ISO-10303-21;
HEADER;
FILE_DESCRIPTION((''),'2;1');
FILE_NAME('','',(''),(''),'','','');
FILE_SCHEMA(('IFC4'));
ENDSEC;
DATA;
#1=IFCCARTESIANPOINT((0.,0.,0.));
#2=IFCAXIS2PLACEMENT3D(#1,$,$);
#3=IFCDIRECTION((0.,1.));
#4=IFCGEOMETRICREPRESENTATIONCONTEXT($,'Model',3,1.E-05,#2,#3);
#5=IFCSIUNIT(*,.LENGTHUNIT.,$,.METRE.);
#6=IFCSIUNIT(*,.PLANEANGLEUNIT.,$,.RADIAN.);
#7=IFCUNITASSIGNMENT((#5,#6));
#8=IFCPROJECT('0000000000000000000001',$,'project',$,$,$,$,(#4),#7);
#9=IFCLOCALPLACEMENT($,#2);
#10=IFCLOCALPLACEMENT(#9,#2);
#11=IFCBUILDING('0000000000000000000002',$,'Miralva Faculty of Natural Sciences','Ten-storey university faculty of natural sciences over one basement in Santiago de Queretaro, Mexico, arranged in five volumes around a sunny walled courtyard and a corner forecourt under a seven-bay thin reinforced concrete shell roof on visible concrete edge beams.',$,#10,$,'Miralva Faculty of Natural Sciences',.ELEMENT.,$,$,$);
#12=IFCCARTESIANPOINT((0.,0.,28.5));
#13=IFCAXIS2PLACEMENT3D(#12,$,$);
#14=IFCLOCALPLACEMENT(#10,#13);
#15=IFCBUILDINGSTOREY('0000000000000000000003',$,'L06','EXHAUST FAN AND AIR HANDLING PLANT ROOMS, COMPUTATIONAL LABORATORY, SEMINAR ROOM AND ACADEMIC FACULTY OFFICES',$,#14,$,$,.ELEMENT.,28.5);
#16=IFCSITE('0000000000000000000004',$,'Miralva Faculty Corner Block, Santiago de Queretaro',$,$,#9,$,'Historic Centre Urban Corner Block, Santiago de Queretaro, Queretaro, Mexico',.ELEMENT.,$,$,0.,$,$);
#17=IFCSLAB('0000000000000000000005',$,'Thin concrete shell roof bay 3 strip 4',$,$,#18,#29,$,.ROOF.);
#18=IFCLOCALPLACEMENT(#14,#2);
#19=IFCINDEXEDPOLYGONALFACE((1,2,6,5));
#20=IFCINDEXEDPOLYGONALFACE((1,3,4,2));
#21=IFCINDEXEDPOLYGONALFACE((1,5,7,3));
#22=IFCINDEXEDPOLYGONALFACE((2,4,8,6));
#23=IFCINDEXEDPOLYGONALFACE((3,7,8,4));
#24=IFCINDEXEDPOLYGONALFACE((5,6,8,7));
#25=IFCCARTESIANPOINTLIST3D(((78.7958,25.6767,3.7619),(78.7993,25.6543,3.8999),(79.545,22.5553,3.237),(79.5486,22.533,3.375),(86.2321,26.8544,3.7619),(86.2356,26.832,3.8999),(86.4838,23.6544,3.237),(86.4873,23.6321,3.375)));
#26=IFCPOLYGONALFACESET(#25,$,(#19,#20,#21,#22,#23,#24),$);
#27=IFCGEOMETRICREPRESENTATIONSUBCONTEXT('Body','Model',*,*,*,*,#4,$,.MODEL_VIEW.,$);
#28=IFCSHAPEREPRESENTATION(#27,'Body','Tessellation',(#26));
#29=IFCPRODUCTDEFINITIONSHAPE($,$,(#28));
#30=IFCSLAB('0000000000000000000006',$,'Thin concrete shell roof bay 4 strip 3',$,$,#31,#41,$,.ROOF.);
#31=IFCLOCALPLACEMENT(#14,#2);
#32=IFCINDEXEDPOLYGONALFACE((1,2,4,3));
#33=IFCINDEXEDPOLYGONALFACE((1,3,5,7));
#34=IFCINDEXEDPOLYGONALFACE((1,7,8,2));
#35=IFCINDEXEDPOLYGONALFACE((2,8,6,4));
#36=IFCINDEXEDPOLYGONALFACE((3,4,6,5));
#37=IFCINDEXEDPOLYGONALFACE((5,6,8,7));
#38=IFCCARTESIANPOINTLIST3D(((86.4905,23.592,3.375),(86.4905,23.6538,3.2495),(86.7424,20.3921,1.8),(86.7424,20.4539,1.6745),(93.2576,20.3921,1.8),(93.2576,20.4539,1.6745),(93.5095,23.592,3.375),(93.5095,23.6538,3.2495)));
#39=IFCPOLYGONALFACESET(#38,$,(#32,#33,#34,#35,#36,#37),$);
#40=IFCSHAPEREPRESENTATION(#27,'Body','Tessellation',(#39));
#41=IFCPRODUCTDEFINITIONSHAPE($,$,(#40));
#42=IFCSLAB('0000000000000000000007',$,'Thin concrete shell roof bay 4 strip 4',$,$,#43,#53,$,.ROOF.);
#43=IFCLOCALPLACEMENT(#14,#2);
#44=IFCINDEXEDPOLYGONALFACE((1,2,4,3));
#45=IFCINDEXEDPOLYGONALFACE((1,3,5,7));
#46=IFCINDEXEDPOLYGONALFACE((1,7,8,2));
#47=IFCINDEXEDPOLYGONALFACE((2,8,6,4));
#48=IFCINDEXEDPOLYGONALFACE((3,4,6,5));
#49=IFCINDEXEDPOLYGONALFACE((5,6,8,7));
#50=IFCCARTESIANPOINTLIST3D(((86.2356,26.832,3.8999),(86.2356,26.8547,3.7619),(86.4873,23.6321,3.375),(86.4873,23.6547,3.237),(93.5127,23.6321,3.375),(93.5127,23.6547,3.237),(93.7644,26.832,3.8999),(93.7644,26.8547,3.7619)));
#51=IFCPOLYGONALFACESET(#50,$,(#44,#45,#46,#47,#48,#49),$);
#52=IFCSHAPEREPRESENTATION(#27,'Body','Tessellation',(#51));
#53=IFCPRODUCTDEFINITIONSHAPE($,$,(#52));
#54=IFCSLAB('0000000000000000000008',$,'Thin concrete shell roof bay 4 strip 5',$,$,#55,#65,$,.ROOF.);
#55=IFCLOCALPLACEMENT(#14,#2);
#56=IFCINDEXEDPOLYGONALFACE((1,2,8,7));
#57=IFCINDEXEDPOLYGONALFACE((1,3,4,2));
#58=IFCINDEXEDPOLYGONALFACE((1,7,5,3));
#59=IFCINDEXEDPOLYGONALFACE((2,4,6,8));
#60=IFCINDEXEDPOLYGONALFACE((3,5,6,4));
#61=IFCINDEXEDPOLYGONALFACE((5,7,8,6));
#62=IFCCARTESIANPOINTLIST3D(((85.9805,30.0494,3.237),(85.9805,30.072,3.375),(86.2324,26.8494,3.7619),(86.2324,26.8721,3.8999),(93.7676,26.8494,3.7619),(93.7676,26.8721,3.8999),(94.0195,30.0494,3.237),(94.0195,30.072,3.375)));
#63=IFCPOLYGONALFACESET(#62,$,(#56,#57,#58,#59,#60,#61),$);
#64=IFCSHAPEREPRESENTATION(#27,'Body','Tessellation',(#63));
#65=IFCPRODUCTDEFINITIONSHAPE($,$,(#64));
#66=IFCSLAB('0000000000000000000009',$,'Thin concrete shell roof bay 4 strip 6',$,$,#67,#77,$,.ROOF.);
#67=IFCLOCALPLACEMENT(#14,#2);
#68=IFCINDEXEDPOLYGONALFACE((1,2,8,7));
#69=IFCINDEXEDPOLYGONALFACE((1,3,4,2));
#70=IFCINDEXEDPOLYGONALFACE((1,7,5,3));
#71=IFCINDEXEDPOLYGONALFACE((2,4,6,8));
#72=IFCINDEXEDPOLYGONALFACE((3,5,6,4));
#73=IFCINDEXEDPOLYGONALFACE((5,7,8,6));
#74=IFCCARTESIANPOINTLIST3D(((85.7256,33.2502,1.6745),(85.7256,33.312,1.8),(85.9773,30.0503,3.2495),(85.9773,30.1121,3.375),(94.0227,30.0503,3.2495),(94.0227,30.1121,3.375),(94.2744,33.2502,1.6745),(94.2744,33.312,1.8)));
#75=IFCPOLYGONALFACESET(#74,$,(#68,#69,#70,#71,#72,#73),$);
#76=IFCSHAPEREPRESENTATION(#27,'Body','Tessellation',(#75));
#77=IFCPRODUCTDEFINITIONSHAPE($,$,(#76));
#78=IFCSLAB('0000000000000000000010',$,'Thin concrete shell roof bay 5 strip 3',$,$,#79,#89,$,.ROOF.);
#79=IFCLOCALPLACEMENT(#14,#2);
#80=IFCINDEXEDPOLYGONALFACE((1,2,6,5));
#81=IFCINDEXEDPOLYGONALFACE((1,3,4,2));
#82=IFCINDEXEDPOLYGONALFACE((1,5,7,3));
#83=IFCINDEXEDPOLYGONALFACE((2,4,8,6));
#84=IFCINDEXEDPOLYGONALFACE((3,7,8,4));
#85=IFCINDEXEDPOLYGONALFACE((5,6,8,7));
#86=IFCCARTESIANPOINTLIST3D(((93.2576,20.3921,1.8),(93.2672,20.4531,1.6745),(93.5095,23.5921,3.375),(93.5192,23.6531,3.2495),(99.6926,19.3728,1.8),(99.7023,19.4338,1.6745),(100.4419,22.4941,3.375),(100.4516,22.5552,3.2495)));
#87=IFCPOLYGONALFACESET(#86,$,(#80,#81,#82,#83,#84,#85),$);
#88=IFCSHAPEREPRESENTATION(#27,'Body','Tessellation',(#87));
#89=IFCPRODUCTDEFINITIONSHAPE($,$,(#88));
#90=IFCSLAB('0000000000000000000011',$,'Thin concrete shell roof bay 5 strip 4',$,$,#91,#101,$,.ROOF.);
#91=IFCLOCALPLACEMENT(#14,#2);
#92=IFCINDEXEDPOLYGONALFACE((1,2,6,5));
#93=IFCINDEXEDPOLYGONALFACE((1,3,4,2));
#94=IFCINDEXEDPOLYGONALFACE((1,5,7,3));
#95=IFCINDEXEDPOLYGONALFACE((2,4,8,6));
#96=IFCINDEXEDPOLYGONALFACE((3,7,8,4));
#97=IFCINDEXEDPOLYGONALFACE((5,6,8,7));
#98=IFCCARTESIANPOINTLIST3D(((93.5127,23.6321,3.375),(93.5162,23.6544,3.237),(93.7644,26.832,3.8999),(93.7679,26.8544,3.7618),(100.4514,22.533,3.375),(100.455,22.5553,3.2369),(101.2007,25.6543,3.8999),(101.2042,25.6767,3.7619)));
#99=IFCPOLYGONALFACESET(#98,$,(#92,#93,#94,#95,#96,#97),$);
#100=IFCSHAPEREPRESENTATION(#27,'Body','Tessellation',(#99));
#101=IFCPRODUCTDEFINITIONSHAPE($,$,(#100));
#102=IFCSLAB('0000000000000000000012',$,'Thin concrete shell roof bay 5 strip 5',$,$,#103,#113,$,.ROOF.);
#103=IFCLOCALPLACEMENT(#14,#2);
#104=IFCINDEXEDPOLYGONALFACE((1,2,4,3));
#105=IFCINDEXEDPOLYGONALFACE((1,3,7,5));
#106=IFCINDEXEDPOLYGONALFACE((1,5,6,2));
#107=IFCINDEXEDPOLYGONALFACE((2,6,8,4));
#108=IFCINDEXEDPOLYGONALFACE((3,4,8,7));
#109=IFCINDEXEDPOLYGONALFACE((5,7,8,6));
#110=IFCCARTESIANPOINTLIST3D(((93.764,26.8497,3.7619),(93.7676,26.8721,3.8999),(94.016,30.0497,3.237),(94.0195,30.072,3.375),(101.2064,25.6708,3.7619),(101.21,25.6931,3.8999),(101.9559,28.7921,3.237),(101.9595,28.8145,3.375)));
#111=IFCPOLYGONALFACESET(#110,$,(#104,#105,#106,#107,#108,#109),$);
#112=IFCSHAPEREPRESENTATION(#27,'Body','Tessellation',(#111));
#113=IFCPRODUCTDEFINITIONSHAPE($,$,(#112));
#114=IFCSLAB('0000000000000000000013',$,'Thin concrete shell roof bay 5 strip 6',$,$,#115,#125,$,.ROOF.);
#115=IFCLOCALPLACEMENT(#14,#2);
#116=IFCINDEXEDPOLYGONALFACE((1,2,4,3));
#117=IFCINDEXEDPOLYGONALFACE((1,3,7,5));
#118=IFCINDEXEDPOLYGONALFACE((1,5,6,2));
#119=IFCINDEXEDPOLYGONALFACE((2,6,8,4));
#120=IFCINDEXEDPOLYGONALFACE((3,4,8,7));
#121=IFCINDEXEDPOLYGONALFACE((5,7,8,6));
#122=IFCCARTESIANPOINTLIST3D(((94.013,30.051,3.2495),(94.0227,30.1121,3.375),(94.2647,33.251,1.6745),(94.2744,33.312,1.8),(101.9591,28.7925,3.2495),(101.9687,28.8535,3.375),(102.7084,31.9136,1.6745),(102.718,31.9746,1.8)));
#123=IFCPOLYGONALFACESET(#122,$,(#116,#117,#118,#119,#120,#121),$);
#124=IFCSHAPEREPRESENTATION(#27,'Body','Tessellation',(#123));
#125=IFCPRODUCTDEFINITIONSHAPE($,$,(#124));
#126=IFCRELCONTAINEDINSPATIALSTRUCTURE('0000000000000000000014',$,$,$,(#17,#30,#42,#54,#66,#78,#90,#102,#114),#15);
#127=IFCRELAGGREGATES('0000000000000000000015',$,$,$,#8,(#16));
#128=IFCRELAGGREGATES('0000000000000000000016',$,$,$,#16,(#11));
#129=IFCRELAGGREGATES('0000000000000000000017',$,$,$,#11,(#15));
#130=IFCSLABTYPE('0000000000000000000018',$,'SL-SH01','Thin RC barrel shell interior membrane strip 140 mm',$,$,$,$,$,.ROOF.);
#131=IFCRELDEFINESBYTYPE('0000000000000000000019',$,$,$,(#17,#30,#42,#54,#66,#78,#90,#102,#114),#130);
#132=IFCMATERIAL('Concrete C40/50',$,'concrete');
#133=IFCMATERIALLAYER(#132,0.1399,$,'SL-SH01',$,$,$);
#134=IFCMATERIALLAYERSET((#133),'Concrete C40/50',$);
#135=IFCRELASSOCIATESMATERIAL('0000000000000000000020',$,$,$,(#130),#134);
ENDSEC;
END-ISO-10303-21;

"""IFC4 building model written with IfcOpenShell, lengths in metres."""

from ifc_helpers import new_model, si_unit, direction, frame, origin, place, context, subcontext, project, spatial, polyline, outline, extrude, material, layer, layer_set, type_object, element, save


model = new_model("IFC4")

# Units and contexts
model_context = context("Model", 3, precision=1e-05, world=origin(), true_north=direction((0.0, 1.0)))
body_context = subcontext(model_context, "Body", "Model", "MODEL_VIEW")
ifc_project = project(units=[si_unit("LENGTHUNIT", "METRE"), si_unit("PLANEANGLEUNIT", "RADIAN")], contexts=[model_context])

# Site, building, storey
site_placement = place(None, origin())
site = spatial("IfcSite", under=ifc_project, at=site_placement, Name="Miralva Faculty Corner Block, Santiago de Queretaro", LongName="Historic Centre Urban Corner Block, Santiago de Queretaro, Queretaro, Mexico", CompositionType="ELEMENT", RefElevation=0.0)
building_placement = place(site_placement, origin())
building = spatial("IfcBuilding", under=site, at=building_placement, Name="Miralva Faculty of Natural Sciences", Description="Ten-storey university faculty of natural sciences over one basement in Santiago de Queretaro, Mexico, arranged in five volumes around a sunny walled courtyard and a corner forecourt under a seven-bay thin reinforced concrete shell roof on visible concrete edge beams.", LongName="Miralva Faculty of Natural Sciences", CompositionType="ELEMENT")
storey_placement = place(building_placement, frame((0.0, 0.0, 28.5)))
storey = spatial("IfcBuildingStorey", under=building, at=storey_placement, Name="L06", Description="EXHAUST FAN AND AIR HANDLING PLANT ROOMS, COMPUTATIONAL LABORATORY, SEMINAR ROOM AND ACADEMIC FACULTY OFFICES", CompositionType="ELEMENT", Elevation=28.5)

# Shared definitions
ifc_material_1 = material(Name="Concrete C40/50", Category="concrete")

# Slabs
ifc_layer_1 = layer(ifc_material_1, 0.1399, Name="SL-SH01")
ifc_layer_set_1 = layer_set([ifc_layer_1], Name="Concrete C40/50")
slab_type = type_object("IfcSlabType", Name="SL-SH01", Description="Thin RC barrel shell interior membrane strip 140 mm", PredefinedType="ROOF", material=ifc_layer_set_1)
slab_1_placement = place(storey_placement, frame((79.5486, 22.533, 3.375), z_axis=(0.025323, -0.159875, 0.986812), x_axis=(0.987685, 0.156453, 0.000002)))
element("IfcSlab", 1, at=slab_1_placement, inside=storey, type_object=slab_type, Name="Thin concrete shell roof bay 3 strip 4", PredefinedType="ROOF", context=body_context, shape_type="SweptSolid", body=[
    extrude(outline(polyline([(0.0, 0.0), (7.0252, 0.0), (7.2773, 3.2427), (-0.2517, 3.2429), (0.0, 0.0)])), origin(), (0.0, 0.0, -1.0), 0.1399),
])
slab_2_placement = place(storey_placement, frame((86.7424, 20.3921, 1.8), z_axis=(0.0, -0.441592, 0.897216), x_axis=(1.0, 0.0, 0.0)))
element("IfcSlab", 2, at=slab_2_placement, inside=storey, type_object=slab_type, Name="Thin concrete shell roof bay 4 strip 3", PredefinedType="ROOF", context=body_context, shape_type="SweptSolid", body=[
    extrude(outline(polyline([(0.0, 0.0), (6.5151, 0.0), (6.7671, 3.5665), (-0.252, 3.5665), (0.0, 0.0)])), origin(), (0.0, 0.0, -1.0), 0.1399),
])
slab_3_placement = place(storey_placement, frame((86.4873, 23.6321, 3.375), z_axis=(0.0, -0.161871, 0.986812), x_axis=(1.0, 0.0, 0.0)))
element("IfcSlab", 3, at=slab_3_placement, inside=storey, type_object=slab_type, Name="Thin concrete shell roof bay 4 strip 4", PredefinedType="ROOF", context=body_context, shape_type="SweptSolid", body=[
    extrude(outline(polyline([(0.0, 0.0), (7.0254, 0.0), (7.2771, 3.2427), (-0.2517, 3.2427), (0.0, 0.0)])), origin(), (0.0, 0.0, -1.0), 0.1399),
])
slab_4_placement = place(storey_placement, frame((86.2324, 26.8721, 3.8999), z_axis=(0.0, 0.161871, 0.986812), x_axis=(1.0, 0.0, 0.0)))
element("IfcSlab", 4, at=slab_4_placement, inside=storey, type_object=slab_type, Name="Thin concrete shell roof bay 4 strip 5", PredefinedType="ROOF", context=body_context, shape_type="SweptSolid", body=[
    extrude(outline(polyline([(0.0, 0.0), (7.5352, 0.0), (7.7871, 3.2427), (-0.252, 3.2427), (0.0, 0.0)])), origin(), (0.0, 0.0, -1.0), 0.1399),
])
slab_5_placement = place(storey_placement, frame((85.9773, 30.1121, 3.375), z_axis=(0.0, 0.441592, 0.897216), x_axis=(1.0, 0.0, 0.0)))
element("IfcSlab", 5, at=slab_5_placement, inside=storey, type_object=slab_type, Name="Thin concrete shell roof bay 4 strip 6", PredefinedType="ROOF", context=body_context, shape_type="SweptSolid", body=[
    extrude(outline(polyline([(0.0, 0.0), (8.0454, 0.0), (8.2971, 3.5665), (-0.2517, 3.5665), (0.0, 0.0)])), origin(), (0.0, 0.0, -1.0), 0.1399),
])
slab_6_placement = place(storey_placement, frame((93.2576, 20.3921, 1.8), z_axis=(-0.069078, -0.436145, 0.897221), x_axis=(0.987687, -0.156443, -0.000005)))
element("IfcSlab", 6, at=slab_6_placement, inside=storey, type_object=slab_type, Name="Thin concrete shell roof bay 5 strip 3", PredefinedType="ROOF", context=body_context, shape_type="SweptSolid", body=[
    extrude(outline(polyline([(0.0, 0.0), (6.5153, 0.0), (6.767, 3.5667), (-0.2518, 3.5665), (0.0, 0.0)])), origin(), (0.0, 0.0, -1.0), 0.1399),
])
slab_7_placement = place(storey_placement, frame((93.5127, 23.6321, 3.375), z_axis=(-0.025323, -0.159875, 0.986812), x_axis=(0.987685, -0.156453, -0.000002)))
element("IfcSlab", 7, at=slab_7_placement, inside=storey, type_object=slab_type, Name="Thin concrete shell roof bay 5 strip 4", PredefinedType="ROOF", context=body_context, shape_type="SweptSolid", body=[
    extrude(outline(polyline([(0.0, 0.0), (7.0252, 0.0), (7.2769, 3.2429), (-0.252, 3.2427), (0.0, 0.0)])), origin(), (0.0, 0.0, -1.0), 0.1399),
])
slab_8_placement = place(storey_placement, frame((93.7676, 26.8721, 3.8999), z_axis=(0.025323, 0.159872, 0.986813), x_axis=(0.987684, -0.15646, 0.000002)))
element("IfcSlab", 8, at=slab_8_placement, inside=storey, type_object=slab_type, Name="Thin concrete shell roof bay 5 strip 5", PredefinedType="ROOF", context=body_context, shape_type="SweptSolid", body=[
    extrude(outline(polyline([(0.0, 0.0), (7.5352, 0.0), (7.7871, 3.2429), (-0.2518, 3.2427), (0.0, 0.0)])), origin(), (0.0, 0.0, -1.0), 0.1399),
])
slab_9_placement = place(storey_placement, frame((94.0227, 30.1121, 3.375), z_axis=(0.069083, 0.43616, 0.897214), x_axis=(0.987688, -0.156437, -0.000001)))
element("IfcSlab", 9, at=slab_9_placement, inside=storey, type_object=slab_type, Name="Thin concrete shell roof bay 5 strip 6", PredefinedType="ROOF", context=body_context, shape_type="SweptSolid", body=[
    extrude(outline(polyline([(0.0, 0.0), (8.0451, 0.0), (8.2969, 3.5665), (-0.252, 3.5665), (0.0, 0.0)])), origin(), (0.0, 0.0, -1.0), 0.1399),
])

save(model, "model.ifc")
